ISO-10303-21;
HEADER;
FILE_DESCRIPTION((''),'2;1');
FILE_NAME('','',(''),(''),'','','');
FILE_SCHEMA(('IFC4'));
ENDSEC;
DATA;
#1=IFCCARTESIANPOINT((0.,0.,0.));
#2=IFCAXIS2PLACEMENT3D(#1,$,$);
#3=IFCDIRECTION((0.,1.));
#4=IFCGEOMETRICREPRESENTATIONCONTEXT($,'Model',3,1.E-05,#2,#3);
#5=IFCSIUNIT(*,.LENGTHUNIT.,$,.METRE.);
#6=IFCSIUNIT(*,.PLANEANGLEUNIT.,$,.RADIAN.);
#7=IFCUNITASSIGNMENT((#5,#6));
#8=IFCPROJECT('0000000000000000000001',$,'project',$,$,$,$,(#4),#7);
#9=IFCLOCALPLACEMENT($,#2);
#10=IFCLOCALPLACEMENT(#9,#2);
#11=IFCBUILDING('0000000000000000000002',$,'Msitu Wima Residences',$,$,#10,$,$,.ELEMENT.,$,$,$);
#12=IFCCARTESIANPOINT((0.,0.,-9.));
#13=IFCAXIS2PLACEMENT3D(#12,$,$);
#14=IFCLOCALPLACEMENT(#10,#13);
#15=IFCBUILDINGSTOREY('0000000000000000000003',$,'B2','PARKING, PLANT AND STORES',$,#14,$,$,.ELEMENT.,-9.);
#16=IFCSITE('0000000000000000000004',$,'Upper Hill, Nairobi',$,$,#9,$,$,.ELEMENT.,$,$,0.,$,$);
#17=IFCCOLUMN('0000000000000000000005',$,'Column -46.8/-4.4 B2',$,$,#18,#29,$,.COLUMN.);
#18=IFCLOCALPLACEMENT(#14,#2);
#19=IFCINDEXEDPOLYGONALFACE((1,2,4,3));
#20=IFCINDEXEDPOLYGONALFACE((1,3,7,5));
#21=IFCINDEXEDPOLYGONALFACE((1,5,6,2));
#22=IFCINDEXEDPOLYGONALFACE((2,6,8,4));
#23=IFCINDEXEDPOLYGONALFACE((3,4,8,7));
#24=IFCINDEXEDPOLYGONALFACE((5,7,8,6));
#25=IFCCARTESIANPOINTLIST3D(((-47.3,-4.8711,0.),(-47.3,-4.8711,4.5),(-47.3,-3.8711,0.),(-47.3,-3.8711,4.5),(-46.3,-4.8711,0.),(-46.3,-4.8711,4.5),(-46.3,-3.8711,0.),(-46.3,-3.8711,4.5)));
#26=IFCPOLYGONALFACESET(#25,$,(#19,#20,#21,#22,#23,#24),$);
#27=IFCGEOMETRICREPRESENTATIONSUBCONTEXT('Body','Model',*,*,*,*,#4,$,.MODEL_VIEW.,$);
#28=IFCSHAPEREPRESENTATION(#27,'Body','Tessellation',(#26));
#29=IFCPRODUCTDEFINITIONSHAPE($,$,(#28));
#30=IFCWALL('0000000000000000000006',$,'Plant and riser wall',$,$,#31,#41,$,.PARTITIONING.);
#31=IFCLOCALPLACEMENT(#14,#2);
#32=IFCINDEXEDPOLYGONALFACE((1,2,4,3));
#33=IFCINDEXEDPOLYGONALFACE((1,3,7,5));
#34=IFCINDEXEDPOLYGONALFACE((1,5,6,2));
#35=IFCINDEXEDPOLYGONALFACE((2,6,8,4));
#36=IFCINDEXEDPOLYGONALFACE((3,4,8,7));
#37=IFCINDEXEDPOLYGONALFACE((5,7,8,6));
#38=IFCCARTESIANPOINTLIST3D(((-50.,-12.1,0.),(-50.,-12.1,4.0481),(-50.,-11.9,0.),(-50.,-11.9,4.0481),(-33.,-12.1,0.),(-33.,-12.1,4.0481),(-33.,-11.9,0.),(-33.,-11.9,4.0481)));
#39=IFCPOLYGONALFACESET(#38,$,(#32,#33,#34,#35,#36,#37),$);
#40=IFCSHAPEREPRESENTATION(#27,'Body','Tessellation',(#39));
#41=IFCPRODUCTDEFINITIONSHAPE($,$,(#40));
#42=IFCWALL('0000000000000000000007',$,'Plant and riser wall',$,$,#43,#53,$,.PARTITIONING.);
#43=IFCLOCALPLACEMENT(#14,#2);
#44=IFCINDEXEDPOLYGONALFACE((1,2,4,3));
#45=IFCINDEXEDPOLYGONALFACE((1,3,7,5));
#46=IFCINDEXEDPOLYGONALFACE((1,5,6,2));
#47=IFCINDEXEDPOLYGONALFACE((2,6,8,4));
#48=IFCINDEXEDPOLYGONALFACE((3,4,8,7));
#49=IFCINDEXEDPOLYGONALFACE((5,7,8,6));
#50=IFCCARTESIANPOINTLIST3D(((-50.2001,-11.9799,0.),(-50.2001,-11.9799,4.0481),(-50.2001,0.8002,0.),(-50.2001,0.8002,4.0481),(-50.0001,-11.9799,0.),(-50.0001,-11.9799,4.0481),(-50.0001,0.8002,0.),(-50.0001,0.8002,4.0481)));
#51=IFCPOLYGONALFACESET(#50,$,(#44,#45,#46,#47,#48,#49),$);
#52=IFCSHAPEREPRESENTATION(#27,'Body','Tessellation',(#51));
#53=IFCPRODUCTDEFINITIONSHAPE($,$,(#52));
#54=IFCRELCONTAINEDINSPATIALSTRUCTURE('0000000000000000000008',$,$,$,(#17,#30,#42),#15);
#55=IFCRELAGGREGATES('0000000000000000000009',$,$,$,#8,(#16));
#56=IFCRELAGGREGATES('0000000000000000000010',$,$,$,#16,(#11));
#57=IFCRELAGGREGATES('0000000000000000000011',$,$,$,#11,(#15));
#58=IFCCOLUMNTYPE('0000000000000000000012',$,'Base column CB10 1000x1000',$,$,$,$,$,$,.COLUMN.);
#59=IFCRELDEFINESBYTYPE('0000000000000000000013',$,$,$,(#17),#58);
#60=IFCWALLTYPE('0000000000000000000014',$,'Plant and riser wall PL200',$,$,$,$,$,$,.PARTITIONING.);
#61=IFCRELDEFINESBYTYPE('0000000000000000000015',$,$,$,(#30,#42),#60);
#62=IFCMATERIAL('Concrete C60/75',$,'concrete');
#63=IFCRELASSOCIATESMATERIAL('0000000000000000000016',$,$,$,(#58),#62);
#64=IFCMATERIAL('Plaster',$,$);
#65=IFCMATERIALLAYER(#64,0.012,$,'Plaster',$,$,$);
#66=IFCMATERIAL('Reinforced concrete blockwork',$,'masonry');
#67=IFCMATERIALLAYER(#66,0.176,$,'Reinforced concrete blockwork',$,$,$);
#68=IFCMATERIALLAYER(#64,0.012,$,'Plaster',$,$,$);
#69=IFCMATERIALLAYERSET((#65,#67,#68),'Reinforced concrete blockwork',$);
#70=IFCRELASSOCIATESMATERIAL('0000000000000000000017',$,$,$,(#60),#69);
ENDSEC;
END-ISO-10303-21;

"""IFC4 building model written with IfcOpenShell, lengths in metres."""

from ifc_helpers import new_model, si_unit, direction, frame, frame_2d, origin, origin_2d, place, context, subcontext, project, spatial, rectangle, extrude, material, layer, layer_set, material_profile, profile_set, type_object, element, save


model = new_model("IFC4")

# Units and contexts
model_context = context("Model", 3, precision=1e-05, world=origin(), true_north=direction((0.0, 1.0)))
body_context = subcontext(model_context, "Body", "Model", "MODEL_VIEW")
ifc_project = project(units=[si_unit("LENGTHUNIT", "METRE"), si_unit("PLANEANGLEUNIT", "RADIAN")], contexts=[model_context])

# Site, building, storey
site_placement = place(None, origin())
site = spatial("IfcSite", under=ifc_project, at=site_placement, Name="Upper Hill, Nairobi", CompositionType="ELEMENT", RefElevation=0.0)
building_placement = place(site_placement, origin())
building = spatial("IfcBuilding", under=site, at=building_placement, Name="Msitu Wima Residences", CompositionType="ELEMENT")
storey_placement = place(building_placement, frame((0.0, 0.0, -9.0)))
storey = spatial("IfcBuildingStorey", under=building, at=storey_placement, Name="B2", Description="PARKING, PLANT AND STORES", CompositionType="ELEMENT", Elevation=-9.0)

# Column
ifc_material_1 = material(Name="Concrete C60/75", Category="concrete")
ifc_material_profile = material_profile(ifc_material_1, rectangle(XDim=1.0, YDim=1.0, at=origin_2d()), Name="RC 1000x1000")
ifc_profile_set = profile_set([ifc_material_profile], Name="Concrete C60/75")
column_type = type_object("IfcColumnType", Name="Base column CB10 1000x1000", PredefinedType="COLUMN", material=ifc_profile_set)
for number, where, z_axis, x_axis, name in (
    (1, (-46.8, -4.3711, 0.0), (0.0, 0.0, 1.0), (1.0, 0.0, 0.0), "Column -46.8/-4.4 B2"),
):
    element("IfcColumn", number, at=place(storey_placement, frame(where, z_axis=z_axis, x_axis=x_axis)), inside=storey, type_object=column_type, Name=name, PredefinedType="COLUMN", context=body_context, shape_type="SweptSolid", body=[
        extrude(rectangle(XDim=1.0, YDim=1.0, at=origin_2d()), origin(), (0.0, 0.0, 1.0), 4.5),
    ])

# Walls
ifc_material_2 = material(Name="Plaster")
ifc_layer_1 = layer(ifc_material_2, 0.012, Name="Plaster")
ifc_material_3 = material(Name="Reinforced concrete blockwork", Category="masonry")
ifc_layer_2 = layer(ifc_material_3, 0.176, Name="Reinforced concrete blockwork")
ifc_layer_3 = layer(ifc_material_2, 0.012, Name="Plaster")
ifc_layer_set = layer_set([ifc_layer_1, ifc_layer_2, ifc_layer_3], Name="Reinforced concrete blockwork")
wall_type = type_object("IfcWallType", Name="Plant and riser wall PL200", PredefinedType="PARTITIONING", material=ifc_layer_set)
wall_1_placement = place(storey_placement, frame((-50.0, -12.0, 0.0), z_axis=(0.0, 0.0, 1.0), x_axis=(1.0, 0.0, 0.0)))
element("IfcWall", 2, at=wall_1_placement, inside=storey, type_object=wall_type, Name="Plant and riser wall", PredefinedType="PARTITIONING", context=body_context, shape_type="SweptSolid", body=[
    extrude(rectangle(XDim=17.0, YDim=0.2, at=frame_2d((8.5, 0.0))), origin(), (0.0, 0.0, 1.0), 4.0481),
])
wall_2_placement = place(storey_placement, frame((-50.1001, -11.98, 0.0), z_axis=(0.0, 0.0, 1.0), x_axis=(0.0, 1.0, 0.0)))
element("IfcWall", 3, at=wall_2_placement, inside=storey, type_object=wall_type, Name="Plant and riser wall", PredefinedType="PARTITIONING", context=body_context, shape_type="SweptSolid", body=[
    extrude(rectangle(XDim=12.78, YDim=0.2, at=frame_2d((6.3901, 0.0))), origin(), (0.0, 0.0, 1.0), 4.0481),
])

save(model, "model.ifc")
